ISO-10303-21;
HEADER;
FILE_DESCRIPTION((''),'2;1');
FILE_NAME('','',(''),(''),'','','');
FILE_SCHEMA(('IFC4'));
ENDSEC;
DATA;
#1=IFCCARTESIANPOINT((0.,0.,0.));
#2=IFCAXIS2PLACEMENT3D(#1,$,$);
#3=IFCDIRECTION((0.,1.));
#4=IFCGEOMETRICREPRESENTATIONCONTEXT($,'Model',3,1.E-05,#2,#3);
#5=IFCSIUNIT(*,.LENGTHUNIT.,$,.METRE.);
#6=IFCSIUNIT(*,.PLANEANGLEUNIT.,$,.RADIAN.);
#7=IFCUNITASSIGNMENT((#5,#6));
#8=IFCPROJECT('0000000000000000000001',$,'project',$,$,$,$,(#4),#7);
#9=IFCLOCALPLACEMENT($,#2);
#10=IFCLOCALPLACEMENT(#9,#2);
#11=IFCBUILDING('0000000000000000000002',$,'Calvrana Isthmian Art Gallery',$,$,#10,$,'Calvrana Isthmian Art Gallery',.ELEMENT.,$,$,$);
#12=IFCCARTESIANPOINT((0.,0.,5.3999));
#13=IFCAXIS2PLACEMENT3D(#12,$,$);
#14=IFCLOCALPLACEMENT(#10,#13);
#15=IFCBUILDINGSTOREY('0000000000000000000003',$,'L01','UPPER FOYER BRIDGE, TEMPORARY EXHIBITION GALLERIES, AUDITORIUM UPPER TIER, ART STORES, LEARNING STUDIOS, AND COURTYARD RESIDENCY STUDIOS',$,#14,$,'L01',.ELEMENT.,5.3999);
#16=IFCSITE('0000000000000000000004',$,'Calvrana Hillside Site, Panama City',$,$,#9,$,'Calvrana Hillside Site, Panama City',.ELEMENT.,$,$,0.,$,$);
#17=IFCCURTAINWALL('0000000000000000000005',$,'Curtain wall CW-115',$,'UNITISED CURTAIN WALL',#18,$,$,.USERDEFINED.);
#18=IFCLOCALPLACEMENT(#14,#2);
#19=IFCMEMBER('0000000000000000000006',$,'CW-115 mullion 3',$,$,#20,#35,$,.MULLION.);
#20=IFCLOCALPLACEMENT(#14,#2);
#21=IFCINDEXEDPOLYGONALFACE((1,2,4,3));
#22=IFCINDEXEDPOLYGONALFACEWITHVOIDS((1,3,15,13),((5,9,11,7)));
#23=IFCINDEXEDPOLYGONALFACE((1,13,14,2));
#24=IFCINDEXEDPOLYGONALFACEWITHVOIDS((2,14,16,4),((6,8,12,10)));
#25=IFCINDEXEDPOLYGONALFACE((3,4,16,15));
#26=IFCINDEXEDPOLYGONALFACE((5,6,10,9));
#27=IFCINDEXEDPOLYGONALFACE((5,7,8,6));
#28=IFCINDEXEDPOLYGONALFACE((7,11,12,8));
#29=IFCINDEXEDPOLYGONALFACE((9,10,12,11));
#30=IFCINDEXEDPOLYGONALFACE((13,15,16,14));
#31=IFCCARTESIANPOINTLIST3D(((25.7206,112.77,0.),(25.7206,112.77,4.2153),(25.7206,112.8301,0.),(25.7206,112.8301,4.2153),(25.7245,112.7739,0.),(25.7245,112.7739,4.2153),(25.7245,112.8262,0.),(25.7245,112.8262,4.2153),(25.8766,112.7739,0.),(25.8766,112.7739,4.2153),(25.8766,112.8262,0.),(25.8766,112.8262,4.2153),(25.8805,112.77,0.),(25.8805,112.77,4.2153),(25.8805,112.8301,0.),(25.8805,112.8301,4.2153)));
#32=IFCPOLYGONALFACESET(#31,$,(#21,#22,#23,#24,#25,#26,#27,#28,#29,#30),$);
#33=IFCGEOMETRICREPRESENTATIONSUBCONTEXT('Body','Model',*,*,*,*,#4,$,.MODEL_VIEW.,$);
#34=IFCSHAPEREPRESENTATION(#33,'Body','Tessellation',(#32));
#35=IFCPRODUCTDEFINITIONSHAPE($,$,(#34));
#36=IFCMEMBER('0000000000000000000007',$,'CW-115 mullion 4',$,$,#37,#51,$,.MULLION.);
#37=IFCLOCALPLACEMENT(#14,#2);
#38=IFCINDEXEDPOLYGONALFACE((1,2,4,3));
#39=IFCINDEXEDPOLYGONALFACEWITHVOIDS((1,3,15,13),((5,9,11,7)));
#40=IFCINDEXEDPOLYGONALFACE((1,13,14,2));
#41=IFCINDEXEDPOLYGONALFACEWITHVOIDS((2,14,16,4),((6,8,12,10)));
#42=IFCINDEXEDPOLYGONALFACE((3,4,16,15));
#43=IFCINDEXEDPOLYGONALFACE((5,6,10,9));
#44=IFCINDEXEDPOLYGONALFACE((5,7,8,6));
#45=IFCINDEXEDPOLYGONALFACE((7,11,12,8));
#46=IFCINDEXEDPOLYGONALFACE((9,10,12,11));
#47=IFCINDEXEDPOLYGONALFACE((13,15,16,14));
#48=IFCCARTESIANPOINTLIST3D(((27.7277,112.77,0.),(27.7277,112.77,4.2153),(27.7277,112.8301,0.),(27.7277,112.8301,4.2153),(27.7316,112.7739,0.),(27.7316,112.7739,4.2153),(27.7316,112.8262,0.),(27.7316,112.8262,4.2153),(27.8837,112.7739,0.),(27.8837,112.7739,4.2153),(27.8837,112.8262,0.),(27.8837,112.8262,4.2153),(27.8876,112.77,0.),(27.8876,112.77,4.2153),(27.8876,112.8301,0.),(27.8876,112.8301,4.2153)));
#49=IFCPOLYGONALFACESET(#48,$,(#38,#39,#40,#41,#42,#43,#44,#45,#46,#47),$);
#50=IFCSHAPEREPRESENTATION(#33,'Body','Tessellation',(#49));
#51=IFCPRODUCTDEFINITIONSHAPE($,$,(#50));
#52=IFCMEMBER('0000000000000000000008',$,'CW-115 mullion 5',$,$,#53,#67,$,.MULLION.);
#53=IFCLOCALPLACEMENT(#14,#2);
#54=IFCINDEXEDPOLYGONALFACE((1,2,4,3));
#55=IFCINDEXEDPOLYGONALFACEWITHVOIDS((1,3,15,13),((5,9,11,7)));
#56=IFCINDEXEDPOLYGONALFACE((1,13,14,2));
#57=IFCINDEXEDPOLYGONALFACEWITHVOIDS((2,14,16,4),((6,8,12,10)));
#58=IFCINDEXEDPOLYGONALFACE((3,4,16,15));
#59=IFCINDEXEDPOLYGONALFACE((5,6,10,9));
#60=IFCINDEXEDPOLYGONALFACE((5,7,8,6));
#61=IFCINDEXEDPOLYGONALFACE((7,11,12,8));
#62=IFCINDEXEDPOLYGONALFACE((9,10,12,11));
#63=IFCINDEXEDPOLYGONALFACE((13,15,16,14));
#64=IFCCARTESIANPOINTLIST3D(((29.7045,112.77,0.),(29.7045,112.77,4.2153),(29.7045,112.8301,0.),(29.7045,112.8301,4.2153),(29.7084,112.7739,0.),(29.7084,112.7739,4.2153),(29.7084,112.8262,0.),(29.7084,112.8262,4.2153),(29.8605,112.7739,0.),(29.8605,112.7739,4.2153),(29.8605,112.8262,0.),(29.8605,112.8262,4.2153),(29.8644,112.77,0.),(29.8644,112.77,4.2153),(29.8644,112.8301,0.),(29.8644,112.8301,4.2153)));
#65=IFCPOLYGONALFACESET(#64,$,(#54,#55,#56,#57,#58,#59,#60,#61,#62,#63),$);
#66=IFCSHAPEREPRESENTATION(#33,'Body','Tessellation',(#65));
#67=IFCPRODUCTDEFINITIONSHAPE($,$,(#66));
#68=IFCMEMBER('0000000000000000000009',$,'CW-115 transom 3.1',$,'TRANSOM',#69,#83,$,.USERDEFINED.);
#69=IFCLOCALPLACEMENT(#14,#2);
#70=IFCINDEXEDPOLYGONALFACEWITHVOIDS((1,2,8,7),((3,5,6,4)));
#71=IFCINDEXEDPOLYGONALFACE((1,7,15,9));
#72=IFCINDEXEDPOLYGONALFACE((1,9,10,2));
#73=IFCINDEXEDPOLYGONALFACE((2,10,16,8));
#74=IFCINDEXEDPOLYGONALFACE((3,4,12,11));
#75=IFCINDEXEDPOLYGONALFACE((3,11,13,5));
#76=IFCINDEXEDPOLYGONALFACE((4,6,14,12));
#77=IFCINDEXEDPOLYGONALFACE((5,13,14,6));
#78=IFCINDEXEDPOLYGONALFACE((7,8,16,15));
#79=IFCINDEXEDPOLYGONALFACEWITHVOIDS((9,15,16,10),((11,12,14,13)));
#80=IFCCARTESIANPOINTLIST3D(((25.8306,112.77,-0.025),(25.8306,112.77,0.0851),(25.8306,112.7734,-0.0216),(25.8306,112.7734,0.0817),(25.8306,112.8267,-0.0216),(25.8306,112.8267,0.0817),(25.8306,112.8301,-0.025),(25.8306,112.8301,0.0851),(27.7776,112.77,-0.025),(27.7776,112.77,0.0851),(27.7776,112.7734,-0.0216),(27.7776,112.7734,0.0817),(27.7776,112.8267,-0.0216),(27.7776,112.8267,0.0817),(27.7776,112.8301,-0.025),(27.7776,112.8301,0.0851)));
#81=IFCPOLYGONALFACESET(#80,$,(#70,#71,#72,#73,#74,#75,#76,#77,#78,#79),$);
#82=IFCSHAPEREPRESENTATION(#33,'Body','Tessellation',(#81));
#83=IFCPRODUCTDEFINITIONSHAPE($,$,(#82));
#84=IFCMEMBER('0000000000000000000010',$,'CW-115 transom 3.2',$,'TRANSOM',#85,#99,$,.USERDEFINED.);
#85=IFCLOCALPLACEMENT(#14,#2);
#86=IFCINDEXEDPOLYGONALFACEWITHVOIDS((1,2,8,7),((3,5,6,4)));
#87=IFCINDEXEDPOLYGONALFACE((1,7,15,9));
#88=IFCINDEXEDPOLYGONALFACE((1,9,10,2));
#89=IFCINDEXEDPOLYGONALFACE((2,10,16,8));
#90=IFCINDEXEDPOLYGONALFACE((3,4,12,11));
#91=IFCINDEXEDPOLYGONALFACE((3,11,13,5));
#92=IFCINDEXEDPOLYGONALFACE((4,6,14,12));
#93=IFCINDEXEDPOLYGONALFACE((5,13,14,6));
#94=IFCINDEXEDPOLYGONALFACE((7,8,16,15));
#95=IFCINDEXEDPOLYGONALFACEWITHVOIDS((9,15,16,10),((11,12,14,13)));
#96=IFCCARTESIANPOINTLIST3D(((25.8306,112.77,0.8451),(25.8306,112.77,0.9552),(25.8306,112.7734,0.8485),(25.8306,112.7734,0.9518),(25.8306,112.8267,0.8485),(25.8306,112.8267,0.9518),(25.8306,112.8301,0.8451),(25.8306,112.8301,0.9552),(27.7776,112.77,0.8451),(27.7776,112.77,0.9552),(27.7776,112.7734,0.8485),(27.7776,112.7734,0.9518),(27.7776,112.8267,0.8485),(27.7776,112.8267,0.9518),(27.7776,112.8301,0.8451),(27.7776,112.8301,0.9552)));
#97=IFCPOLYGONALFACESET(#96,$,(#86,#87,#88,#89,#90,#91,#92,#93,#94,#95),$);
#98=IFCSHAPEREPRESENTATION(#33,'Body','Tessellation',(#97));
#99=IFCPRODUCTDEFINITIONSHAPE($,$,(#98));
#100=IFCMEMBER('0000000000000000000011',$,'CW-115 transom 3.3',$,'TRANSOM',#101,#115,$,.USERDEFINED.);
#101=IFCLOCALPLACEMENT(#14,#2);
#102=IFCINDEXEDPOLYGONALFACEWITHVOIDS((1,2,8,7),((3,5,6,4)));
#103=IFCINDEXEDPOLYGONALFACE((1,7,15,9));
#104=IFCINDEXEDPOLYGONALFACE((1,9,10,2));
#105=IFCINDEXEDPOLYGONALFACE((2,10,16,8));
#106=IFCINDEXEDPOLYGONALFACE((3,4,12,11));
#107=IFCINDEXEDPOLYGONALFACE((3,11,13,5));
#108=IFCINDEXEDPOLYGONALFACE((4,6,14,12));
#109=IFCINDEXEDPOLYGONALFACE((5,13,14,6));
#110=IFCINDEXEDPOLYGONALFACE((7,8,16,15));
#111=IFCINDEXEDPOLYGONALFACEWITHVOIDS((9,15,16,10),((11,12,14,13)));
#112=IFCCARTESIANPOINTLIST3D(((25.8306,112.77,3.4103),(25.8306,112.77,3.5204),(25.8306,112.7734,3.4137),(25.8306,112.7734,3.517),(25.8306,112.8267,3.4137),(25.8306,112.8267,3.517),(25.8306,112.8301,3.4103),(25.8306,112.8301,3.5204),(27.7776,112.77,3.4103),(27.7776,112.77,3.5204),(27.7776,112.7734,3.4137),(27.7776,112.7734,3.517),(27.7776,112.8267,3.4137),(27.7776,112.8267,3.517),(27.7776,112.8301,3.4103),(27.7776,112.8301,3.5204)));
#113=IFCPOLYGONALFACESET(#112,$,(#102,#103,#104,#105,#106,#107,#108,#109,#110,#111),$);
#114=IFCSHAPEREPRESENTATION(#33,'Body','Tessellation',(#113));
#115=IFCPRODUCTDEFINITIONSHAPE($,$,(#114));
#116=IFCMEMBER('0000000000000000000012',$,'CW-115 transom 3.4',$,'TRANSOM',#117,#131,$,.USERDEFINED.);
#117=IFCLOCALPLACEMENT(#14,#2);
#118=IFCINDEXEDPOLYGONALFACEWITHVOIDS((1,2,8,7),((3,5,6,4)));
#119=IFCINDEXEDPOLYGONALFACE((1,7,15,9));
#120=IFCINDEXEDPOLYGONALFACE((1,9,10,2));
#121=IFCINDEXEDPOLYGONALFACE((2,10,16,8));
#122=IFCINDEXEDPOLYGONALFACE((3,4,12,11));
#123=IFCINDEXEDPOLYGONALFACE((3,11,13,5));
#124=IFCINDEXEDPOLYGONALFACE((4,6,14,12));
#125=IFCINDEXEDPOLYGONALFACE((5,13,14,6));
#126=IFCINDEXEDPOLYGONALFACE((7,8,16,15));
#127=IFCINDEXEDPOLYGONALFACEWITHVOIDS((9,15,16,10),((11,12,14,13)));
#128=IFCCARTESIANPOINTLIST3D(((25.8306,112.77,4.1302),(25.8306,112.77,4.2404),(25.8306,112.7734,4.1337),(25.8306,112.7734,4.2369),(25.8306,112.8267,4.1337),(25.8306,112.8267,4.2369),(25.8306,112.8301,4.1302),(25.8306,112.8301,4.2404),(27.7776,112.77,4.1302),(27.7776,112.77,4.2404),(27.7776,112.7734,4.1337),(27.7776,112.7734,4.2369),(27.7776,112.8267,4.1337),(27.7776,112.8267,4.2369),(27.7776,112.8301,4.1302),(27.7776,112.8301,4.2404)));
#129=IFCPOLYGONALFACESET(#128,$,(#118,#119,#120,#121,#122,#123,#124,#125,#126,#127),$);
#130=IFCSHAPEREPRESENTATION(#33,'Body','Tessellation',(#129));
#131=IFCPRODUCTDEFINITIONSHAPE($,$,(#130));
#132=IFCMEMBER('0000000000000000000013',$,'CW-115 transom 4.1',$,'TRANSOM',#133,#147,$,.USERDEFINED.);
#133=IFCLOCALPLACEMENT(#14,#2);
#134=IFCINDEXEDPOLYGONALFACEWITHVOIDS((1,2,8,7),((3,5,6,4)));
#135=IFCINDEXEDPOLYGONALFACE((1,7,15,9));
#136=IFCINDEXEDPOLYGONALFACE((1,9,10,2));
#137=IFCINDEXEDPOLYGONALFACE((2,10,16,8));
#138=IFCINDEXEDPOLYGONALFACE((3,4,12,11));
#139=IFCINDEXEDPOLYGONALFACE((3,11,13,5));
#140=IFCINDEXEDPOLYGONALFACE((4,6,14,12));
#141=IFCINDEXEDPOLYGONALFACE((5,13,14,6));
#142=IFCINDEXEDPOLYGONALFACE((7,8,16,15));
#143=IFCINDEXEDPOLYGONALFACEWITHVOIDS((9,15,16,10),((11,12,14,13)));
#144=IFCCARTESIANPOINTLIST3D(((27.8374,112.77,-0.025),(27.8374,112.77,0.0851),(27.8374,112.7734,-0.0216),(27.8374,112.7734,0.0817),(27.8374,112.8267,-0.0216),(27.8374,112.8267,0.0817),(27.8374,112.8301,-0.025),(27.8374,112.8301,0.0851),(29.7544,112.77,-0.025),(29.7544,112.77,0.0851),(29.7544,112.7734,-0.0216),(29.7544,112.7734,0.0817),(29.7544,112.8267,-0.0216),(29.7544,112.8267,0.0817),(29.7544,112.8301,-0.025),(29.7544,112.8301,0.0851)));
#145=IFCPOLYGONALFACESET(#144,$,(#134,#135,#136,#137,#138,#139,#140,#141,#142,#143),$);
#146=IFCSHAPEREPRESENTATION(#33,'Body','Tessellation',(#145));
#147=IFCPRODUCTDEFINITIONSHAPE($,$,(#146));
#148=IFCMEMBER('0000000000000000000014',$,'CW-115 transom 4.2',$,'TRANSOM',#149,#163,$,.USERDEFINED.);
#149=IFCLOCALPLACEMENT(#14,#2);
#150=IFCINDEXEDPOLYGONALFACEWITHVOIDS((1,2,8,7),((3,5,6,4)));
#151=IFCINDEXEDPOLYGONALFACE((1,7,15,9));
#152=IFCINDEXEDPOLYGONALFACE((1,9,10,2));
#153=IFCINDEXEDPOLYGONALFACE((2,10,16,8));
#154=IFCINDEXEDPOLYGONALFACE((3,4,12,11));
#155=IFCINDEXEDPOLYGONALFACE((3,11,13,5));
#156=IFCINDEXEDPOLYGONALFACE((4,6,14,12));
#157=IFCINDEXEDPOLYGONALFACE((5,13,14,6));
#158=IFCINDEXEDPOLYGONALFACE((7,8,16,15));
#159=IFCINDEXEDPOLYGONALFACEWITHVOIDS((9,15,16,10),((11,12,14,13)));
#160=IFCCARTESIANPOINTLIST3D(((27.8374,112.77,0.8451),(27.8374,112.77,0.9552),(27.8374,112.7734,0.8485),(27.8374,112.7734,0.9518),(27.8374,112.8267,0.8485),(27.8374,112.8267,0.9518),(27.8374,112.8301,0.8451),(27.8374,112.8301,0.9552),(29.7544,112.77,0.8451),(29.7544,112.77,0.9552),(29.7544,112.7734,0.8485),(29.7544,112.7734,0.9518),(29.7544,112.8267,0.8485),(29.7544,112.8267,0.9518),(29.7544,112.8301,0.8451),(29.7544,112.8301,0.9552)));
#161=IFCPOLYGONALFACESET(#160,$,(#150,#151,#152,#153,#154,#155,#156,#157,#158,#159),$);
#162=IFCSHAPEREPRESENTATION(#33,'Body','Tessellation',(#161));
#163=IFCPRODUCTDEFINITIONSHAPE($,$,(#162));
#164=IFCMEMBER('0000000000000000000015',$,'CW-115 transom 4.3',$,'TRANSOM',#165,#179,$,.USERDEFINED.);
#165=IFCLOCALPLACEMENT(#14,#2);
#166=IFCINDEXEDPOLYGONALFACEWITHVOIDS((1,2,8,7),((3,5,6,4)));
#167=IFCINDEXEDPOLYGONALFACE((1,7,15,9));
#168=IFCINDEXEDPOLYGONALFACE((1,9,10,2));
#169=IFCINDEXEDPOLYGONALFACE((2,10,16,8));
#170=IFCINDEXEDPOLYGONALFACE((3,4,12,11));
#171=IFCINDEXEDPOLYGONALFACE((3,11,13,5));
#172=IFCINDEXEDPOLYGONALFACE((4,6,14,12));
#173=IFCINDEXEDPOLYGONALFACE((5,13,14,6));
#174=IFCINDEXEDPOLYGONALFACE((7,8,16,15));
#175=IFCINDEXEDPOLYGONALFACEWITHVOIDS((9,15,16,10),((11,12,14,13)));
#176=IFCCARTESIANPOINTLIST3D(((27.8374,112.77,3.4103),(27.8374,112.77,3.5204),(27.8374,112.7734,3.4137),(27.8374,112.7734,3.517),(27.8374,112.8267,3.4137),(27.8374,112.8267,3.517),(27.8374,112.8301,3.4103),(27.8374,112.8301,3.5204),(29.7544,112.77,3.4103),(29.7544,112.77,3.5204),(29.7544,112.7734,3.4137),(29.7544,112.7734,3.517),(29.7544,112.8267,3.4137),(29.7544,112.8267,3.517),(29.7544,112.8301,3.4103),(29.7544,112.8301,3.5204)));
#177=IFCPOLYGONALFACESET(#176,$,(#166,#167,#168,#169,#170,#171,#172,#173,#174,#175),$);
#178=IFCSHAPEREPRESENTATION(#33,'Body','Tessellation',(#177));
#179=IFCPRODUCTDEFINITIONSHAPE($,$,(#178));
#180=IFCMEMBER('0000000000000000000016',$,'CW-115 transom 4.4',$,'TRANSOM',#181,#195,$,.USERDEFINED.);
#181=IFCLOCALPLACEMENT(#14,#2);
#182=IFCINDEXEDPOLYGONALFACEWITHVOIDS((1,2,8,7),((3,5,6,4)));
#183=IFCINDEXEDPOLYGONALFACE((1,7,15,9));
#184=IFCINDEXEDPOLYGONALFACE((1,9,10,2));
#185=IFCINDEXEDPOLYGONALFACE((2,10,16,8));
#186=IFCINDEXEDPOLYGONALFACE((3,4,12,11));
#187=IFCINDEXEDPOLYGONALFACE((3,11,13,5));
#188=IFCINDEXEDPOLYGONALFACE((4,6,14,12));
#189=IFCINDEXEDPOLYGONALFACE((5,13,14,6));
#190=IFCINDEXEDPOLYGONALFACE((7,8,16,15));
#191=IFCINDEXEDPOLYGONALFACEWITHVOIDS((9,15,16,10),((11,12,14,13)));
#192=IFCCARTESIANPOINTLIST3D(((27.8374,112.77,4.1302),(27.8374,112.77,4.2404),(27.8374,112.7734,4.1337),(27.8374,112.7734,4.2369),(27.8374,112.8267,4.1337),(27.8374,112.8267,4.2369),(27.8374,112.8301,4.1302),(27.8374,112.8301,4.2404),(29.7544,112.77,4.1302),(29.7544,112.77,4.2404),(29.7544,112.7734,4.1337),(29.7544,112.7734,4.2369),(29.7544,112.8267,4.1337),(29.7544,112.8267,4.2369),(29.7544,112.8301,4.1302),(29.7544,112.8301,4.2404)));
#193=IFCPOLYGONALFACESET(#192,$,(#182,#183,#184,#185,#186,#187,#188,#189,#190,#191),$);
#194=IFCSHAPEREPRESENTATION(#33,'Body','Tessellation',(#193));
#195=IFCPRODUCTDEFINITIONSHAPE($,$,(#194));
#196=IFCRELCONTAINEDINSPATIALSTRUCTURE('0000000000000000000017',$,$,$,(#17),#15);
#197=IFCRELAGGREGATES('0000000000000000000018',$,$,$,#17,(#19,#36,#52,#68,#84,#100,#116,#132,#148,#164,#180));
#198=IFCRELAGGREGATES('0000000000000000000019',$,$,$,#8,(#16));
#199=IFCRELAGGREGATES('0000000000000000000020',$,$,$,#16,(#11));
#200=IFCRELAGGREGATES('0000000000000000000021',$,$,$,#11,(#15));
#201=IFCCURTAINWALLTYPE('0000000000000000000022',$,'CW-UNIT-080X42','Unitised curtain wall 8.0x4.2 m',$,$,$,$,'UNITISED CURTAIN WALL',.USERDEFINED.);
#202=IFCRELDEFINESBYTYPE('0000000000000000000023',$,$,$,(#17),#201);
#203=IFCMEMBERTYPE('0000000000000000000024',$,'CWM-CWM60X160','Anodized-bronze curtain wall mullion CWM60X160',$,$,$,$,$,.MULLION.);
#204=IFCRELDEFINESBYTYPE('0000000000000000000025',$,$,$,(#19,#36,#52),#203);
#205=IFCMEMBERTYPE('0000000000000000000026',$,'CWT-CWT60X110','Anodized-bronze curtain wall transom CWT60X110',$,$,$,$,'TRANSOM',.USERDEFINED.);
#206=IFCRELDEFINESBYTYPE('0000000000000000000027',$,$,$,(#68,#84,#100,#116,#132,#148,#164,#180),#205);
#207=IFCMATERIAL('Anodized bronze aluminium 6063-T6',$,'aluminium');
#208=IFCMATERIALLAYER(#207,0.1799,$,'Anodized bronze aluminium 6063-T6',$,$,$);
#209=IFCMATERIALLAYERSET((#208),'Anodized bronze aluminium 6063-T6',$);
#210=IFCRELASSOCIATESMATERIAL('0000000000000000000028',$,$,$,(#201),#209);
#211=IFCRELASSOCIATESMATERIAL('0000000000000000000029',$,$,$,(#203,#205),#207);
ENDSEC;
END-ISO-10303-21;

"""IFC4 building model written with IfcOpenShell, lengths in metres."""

from ifc_helpers import new_model, si_unit, direction, frame, origin, origin_2d, place, context, subcontext, project, spatial, hollow_rectangle, extrude, material, layer, layer_set, material_profile, profile_set, type_object, element, aggregate, save


model = new_model("IFC4")

# Units and contexts
model_context = context("Model", 3, precision=1e-05, world=origin(), true_north=direction((0.0, 1.0)))
body_context = subcontext(model_context, "Body", "Model", "MODEL_VIEW")
ifc_project = project(units=[si_unit("LENGTHUNIT", "METRE"), si_unit("PLANEANGLEUNIT", "RADIAN")], contexts=[model_context])

# Site, building, storey
site_placement = place(None, origin())
site = spatial("IfcSite", under=ifc_project, at=site_placement, Name="Calvrana Hillside Site, Panama City", LongName="Calvrana Hillside Site, Panama City", CompositionType="ELEMENT", RefElevation=0.0)
building_placement = place(site_placement, origin())
building = spatial("IfcBuilding", under=site, at=building_placement, Name="Calvrana Isthmian Art Gallery", LongName="Calvrana Isthmian Art Gallery", CompositionType="ELEMENT")
storey_placement = place(building_placement, frame((0.0, 0.0, 5.3999)))
storey = spatial("IfcBuildingStorey", under=building, at=storey_placement, Name="L01", Description="UPPER FOYER BRIDGE, TEMPORARY EXHIBITION GALLERIES, AUDITORIUM UPPER TIER, ART STORES, LEARNING STUDIOS, AND COURTYARD RESIDENCY STUDIOS", LongName="L01", CompositionType="ELEMENT", Elevation=5.3999)

# Curtain wall, members
ifc_material_1 = material(Name="Anodized bronze aluminium 6063-T6", Category="aluminium")
ifc_layer_1 = layer(ifc_material_1, 0.1799, Name="Anodized bronze aluminium 6063-T6")
ifc_layer_set_1 = layer_set([ifc_layer_1], Name="Anodized bronze aluminium 6063-T6")
curtain_wall_type = type_object("IfcCurtainWallType", Name="CW-UNIT-080X42", Description="Unitised curtain wall 8.0x4.2 m", ElementType="UNITISED CURTAIN WALL", PredefinedType="USERDEFINED", material=ifc_layer_set_1)
curtain_wall_placement = place(storey_placement, origin())
curtain_wall = element("IfcCurtainWall", 1, at=curtain_wall_placement, inside=storey, type_object=curtain_wall_type, Name="Curtain wall CW-115", ObjectType="UNITISED CURTAIN WALL", PredefinedType="USERDEFINED")
ifc_material_profile_1 = material_profile(ifc_material_1, hollow_rectangle(XDim=0.0601, YDim=0.1599, WallThickness=0.0039, at=origin_2d()), Name="CWM60X160")
ifc_profile_set_1 = profile_set([ifc_material_profile_1], Name="Anodized bronze aluminium 6063-T6")
member_type_1 = type_object("IfcMemberType", Name="CWM-CWM60X160", Description="Anodized-bronze curtain wall mullion CWM60X160", PredefinedType="MULLION", material=ifc_profile_set_1)
member_1_placement = place(storey_placement, frame((25.8005, 112.8, 0.0), z_axis=(0.0, 0.0, 1.0), x_axis=(0.0, 1.0, 0.0)))
member_1 = element("IfcMember", 2, at=member_1_placement, type_object=member_type_1, Name="CW-115 mullion 3", PredefinedType="MULLION", context=body_context, shape_type="SweptSolid", body=[
    extrude(hollow_rectangle(XDim=0.0601, YDim=0.1599, WallThickness=0.0039, at=origin_2d()), origin(), (0.0, 0.0, 1.0), 4.2153),
])
member_2_placement = place(storey_placement, frame((27.8076, 112.8, 0.0), z_axis=(0.0, 0.0, 1.0), x_axis=(0.0, 1.0, 0.0)))
member_2 = element("IfcMember", 3, at=member_2_placement, type_object=member_type_1, Name="CW-115 mullion 4", PredefinedType="MULLION", context=body_context, shape_type="SweptSolid", body=[
    extrude(hollow_rectangle(XDim=0.0601, YDim=0.1599, WallThickness=0.0039, at=origin_2d()), origin(), (0.0, 0.0, 1.0), 4.2153),
])
member_3_placement = place(storey_placement, frame((29.7844, 112.8, 0.0), z_axis=(0.0, 0.0, 1.0), x_axis=(0.0, 1.0, 0.0)))
member_3 = element("IfcMember", 4, at=member_3_placement, type_object=member_type_1, Name="CW-115 mullion 5", PredefinedType="MULLION", context=body_context, shape_type="SweptSolid", body=[
    extrude(hollow_rectangle(XDim=0.0601, YDim=0.1599, WallThickness=0.0039, at=origin_2d()), origin(), (0.0, 0.0, 1.0), 4.2153),
])
ifc_material_profile_2 = material_profile(ifc_material_1, hollow_rectangle(XDim=0.0601, YDim=0.1101, WallThickness=0.0034, at=origin_2d()), Name="CWT60X110")
ifc_profile_set_2 = profile_set([ifc_material_profile_2], Name="Anodized bronze aluminium 6063-T6")
member_type_2 = type_object("IfcMemberType", Name="CWT-CWT60X110", Description="Anodized-bronze curtain wall transom CWT60X110", ElementType="TRANSOM", PredefinedType="USERDEFINED", material=ifc_profile_set_2)
member_4_placement = place(storey_placement, frame((25.8306, 112.8, 0.03), z_axis=(1.0, 0.0, 0.0), x_axis=(0.0, 1.0, 0.0)))
member_4 = element("IfcMember", 5, at=member_4_placement, type_object=member_type_2, Name="CW-115 transom 3.1", ObjectType="TRANSOM", PredefinedType="USERDEFINED", context=body_context, shape_type="SweptSolid", body=[
    extrude(hollow_rectangle(XDim=0.0601, YDim=0.1101, WallThickness=0.0034, at=origin_2d()), origin(), (0.0, 0.0, 1.0), 1.947),
])
member_5_placement = place(storey_placement, frame((25.8306, 112.8, 0.9001), z_axis=(1.0, 0.0, 0.0), x_axis=(0.0, 1.0, 0.0)))
member_5 = element("IfcMember", 6, at=member_5_placement, type_object=member_type_2, Name="CW-115 transom 3.2", ObjectType="TRANSOM", PredefinedType="USERDEFINED", context=body_context, shape_type="SweptSolid", body=[
    extrude(hollow_rectangle(XDim=0.0601, YDim=0.1101, WallThickness=0.0034, at=origin_2d()), origin(), (0.0, 0.0, 1.0), 1.947),
])
member_6_placement = place(storey_placement, frame((25.8306, 112.8, 3.4653), z_axis=(1.0, 0.0, 0.0), x_axis=(0.0, 1.0, 0.0)))
member_6 = element("IfcMember", 7, at=member_6_placement, type_object=member_type_2, Name="CW-115 transom 3.3", ObjectType="TRANSOM", PredefinedType="USERDEFINED", context=body_context, shape_type="SweptSolid", body=[
    extrude(hollow_rectangle(XDim=0.0601, YDim=0.1101, WallThickness=0.0034, at=origin_2d()), origin(), (0.0, 0.0, 1.0), 1.947),
])
member_7_placement = place(storey_placement, frame((25.8306, 112.8, 4.1853), z_axis=(1.0, 0.0, 0.0), x_axis=(0.0, 1.0, 0.0)))
member_7 = element("IfcMember", 8, at=member_7_placement, type_object=member_type_2, Name="CW-115 transom 3.4", ObjectType="TRANSOM", PredefinedType="USERDEFINED", context=body_context, shape_type="SweptSolid", body=[
    extrude(hollow_rectangle(XDim=0.0601, YDim=0.1101, WallThickness=0.0034, at=origin_2d()), origin(), (0.0, 0.0, 1.0), 1.947),
])
member_8_placement = place(storey_placement, frame((27.8374, 112.8, 0.03), z_axis=(1.0, 0.0, 0.0), x_axis=(0.0, 1.0, 0.0)))
member_8 = element("IfcMember", 9, at=member_8_placement, type_object=member_type_2, Name="CW-115 transom 4.1", ObjectType="TRANSOM", PredefinedType="USERDEFINED", context=body_context, shape_type="SweptSolid", body=[
    extrude(hollow_rectangle(XDim=0.0601, YDim=0.1101, WallThickness=0.0034, at=origin_2d()), origin(), (0.0, 0.0, 1.0), 1.917),
])
member_9_placement = place(storey_placement, frame((27.8374, 112.8, 0.9001), z_axis=(1.0, 0.0, 0.0), x_axis=(0.0, 1.0, 0.0)))
member_9 = element("IfcMember", 10, at=member_9_placement, type_object=member_type_2, Name="CW-115 transom 4.2", ObjectType="TRANSOM", PredefinedType="USERDEFINED", context=body_context, shape_type="SweptSolid", body=[
    extrude(hollow_rectangle(XDim=0.0601, YDim=0.1101, WallThickness=0.0034, at=origin_2d()), origin(), (0.0, 0.0, 1.0), 1.917),
])
member_10_placement = place(storey_placement, frame((27.8374, 112.8, 3.4653), z_axis=(1.0, 0.0, 0.0), x_axis=(0.0, 1.0, 0.0)))
member_10 = element("IfcMember", 11, at=member_10_placement, type_object=member_type_2, Name="CW-115 transom 4.3", ObjectType="TRANSOM", PredefinedType="USERDEFINED", context=body_context, shape_type="SweptSolid", body=[
    extrude(hollow_rectangle(XDim=0.0601, YDim=0.1101, WallThickness=0.0034, at=origin_2d()), origin(), (0.0, 0.0, 1.0), 1.917),
])
member_11_placement = place(storey_placement, frame((27.8374, 112.8, 4.1853), z_axis=(1.0, 0.0, 0.0), x_axis=(0.0, 1.0, 0.0)))
member_11 = element("IfcMember", 12, at=member_11_placement, type_object=member_type_2, Name="CW-115 transom 4.4", ObjectType="TRANSOM", PredefinedType="USERDEFINED", context=body_context, shape_type="SweptSolid", body=[
    extrude(hollow_rectangle(XDim=0.0601, YDim=0.1101, WallThickness=0.0034, at=origin_2d()), origin(), (0.0, 0.0, 1.0), 1.917),
])
aggregate(curtain_wall, [member_1, member_2, member_3, member_4, member_5, member_6, member_7, member_8, member_9, member_10, member_11])

save(model, "model.ifc")
